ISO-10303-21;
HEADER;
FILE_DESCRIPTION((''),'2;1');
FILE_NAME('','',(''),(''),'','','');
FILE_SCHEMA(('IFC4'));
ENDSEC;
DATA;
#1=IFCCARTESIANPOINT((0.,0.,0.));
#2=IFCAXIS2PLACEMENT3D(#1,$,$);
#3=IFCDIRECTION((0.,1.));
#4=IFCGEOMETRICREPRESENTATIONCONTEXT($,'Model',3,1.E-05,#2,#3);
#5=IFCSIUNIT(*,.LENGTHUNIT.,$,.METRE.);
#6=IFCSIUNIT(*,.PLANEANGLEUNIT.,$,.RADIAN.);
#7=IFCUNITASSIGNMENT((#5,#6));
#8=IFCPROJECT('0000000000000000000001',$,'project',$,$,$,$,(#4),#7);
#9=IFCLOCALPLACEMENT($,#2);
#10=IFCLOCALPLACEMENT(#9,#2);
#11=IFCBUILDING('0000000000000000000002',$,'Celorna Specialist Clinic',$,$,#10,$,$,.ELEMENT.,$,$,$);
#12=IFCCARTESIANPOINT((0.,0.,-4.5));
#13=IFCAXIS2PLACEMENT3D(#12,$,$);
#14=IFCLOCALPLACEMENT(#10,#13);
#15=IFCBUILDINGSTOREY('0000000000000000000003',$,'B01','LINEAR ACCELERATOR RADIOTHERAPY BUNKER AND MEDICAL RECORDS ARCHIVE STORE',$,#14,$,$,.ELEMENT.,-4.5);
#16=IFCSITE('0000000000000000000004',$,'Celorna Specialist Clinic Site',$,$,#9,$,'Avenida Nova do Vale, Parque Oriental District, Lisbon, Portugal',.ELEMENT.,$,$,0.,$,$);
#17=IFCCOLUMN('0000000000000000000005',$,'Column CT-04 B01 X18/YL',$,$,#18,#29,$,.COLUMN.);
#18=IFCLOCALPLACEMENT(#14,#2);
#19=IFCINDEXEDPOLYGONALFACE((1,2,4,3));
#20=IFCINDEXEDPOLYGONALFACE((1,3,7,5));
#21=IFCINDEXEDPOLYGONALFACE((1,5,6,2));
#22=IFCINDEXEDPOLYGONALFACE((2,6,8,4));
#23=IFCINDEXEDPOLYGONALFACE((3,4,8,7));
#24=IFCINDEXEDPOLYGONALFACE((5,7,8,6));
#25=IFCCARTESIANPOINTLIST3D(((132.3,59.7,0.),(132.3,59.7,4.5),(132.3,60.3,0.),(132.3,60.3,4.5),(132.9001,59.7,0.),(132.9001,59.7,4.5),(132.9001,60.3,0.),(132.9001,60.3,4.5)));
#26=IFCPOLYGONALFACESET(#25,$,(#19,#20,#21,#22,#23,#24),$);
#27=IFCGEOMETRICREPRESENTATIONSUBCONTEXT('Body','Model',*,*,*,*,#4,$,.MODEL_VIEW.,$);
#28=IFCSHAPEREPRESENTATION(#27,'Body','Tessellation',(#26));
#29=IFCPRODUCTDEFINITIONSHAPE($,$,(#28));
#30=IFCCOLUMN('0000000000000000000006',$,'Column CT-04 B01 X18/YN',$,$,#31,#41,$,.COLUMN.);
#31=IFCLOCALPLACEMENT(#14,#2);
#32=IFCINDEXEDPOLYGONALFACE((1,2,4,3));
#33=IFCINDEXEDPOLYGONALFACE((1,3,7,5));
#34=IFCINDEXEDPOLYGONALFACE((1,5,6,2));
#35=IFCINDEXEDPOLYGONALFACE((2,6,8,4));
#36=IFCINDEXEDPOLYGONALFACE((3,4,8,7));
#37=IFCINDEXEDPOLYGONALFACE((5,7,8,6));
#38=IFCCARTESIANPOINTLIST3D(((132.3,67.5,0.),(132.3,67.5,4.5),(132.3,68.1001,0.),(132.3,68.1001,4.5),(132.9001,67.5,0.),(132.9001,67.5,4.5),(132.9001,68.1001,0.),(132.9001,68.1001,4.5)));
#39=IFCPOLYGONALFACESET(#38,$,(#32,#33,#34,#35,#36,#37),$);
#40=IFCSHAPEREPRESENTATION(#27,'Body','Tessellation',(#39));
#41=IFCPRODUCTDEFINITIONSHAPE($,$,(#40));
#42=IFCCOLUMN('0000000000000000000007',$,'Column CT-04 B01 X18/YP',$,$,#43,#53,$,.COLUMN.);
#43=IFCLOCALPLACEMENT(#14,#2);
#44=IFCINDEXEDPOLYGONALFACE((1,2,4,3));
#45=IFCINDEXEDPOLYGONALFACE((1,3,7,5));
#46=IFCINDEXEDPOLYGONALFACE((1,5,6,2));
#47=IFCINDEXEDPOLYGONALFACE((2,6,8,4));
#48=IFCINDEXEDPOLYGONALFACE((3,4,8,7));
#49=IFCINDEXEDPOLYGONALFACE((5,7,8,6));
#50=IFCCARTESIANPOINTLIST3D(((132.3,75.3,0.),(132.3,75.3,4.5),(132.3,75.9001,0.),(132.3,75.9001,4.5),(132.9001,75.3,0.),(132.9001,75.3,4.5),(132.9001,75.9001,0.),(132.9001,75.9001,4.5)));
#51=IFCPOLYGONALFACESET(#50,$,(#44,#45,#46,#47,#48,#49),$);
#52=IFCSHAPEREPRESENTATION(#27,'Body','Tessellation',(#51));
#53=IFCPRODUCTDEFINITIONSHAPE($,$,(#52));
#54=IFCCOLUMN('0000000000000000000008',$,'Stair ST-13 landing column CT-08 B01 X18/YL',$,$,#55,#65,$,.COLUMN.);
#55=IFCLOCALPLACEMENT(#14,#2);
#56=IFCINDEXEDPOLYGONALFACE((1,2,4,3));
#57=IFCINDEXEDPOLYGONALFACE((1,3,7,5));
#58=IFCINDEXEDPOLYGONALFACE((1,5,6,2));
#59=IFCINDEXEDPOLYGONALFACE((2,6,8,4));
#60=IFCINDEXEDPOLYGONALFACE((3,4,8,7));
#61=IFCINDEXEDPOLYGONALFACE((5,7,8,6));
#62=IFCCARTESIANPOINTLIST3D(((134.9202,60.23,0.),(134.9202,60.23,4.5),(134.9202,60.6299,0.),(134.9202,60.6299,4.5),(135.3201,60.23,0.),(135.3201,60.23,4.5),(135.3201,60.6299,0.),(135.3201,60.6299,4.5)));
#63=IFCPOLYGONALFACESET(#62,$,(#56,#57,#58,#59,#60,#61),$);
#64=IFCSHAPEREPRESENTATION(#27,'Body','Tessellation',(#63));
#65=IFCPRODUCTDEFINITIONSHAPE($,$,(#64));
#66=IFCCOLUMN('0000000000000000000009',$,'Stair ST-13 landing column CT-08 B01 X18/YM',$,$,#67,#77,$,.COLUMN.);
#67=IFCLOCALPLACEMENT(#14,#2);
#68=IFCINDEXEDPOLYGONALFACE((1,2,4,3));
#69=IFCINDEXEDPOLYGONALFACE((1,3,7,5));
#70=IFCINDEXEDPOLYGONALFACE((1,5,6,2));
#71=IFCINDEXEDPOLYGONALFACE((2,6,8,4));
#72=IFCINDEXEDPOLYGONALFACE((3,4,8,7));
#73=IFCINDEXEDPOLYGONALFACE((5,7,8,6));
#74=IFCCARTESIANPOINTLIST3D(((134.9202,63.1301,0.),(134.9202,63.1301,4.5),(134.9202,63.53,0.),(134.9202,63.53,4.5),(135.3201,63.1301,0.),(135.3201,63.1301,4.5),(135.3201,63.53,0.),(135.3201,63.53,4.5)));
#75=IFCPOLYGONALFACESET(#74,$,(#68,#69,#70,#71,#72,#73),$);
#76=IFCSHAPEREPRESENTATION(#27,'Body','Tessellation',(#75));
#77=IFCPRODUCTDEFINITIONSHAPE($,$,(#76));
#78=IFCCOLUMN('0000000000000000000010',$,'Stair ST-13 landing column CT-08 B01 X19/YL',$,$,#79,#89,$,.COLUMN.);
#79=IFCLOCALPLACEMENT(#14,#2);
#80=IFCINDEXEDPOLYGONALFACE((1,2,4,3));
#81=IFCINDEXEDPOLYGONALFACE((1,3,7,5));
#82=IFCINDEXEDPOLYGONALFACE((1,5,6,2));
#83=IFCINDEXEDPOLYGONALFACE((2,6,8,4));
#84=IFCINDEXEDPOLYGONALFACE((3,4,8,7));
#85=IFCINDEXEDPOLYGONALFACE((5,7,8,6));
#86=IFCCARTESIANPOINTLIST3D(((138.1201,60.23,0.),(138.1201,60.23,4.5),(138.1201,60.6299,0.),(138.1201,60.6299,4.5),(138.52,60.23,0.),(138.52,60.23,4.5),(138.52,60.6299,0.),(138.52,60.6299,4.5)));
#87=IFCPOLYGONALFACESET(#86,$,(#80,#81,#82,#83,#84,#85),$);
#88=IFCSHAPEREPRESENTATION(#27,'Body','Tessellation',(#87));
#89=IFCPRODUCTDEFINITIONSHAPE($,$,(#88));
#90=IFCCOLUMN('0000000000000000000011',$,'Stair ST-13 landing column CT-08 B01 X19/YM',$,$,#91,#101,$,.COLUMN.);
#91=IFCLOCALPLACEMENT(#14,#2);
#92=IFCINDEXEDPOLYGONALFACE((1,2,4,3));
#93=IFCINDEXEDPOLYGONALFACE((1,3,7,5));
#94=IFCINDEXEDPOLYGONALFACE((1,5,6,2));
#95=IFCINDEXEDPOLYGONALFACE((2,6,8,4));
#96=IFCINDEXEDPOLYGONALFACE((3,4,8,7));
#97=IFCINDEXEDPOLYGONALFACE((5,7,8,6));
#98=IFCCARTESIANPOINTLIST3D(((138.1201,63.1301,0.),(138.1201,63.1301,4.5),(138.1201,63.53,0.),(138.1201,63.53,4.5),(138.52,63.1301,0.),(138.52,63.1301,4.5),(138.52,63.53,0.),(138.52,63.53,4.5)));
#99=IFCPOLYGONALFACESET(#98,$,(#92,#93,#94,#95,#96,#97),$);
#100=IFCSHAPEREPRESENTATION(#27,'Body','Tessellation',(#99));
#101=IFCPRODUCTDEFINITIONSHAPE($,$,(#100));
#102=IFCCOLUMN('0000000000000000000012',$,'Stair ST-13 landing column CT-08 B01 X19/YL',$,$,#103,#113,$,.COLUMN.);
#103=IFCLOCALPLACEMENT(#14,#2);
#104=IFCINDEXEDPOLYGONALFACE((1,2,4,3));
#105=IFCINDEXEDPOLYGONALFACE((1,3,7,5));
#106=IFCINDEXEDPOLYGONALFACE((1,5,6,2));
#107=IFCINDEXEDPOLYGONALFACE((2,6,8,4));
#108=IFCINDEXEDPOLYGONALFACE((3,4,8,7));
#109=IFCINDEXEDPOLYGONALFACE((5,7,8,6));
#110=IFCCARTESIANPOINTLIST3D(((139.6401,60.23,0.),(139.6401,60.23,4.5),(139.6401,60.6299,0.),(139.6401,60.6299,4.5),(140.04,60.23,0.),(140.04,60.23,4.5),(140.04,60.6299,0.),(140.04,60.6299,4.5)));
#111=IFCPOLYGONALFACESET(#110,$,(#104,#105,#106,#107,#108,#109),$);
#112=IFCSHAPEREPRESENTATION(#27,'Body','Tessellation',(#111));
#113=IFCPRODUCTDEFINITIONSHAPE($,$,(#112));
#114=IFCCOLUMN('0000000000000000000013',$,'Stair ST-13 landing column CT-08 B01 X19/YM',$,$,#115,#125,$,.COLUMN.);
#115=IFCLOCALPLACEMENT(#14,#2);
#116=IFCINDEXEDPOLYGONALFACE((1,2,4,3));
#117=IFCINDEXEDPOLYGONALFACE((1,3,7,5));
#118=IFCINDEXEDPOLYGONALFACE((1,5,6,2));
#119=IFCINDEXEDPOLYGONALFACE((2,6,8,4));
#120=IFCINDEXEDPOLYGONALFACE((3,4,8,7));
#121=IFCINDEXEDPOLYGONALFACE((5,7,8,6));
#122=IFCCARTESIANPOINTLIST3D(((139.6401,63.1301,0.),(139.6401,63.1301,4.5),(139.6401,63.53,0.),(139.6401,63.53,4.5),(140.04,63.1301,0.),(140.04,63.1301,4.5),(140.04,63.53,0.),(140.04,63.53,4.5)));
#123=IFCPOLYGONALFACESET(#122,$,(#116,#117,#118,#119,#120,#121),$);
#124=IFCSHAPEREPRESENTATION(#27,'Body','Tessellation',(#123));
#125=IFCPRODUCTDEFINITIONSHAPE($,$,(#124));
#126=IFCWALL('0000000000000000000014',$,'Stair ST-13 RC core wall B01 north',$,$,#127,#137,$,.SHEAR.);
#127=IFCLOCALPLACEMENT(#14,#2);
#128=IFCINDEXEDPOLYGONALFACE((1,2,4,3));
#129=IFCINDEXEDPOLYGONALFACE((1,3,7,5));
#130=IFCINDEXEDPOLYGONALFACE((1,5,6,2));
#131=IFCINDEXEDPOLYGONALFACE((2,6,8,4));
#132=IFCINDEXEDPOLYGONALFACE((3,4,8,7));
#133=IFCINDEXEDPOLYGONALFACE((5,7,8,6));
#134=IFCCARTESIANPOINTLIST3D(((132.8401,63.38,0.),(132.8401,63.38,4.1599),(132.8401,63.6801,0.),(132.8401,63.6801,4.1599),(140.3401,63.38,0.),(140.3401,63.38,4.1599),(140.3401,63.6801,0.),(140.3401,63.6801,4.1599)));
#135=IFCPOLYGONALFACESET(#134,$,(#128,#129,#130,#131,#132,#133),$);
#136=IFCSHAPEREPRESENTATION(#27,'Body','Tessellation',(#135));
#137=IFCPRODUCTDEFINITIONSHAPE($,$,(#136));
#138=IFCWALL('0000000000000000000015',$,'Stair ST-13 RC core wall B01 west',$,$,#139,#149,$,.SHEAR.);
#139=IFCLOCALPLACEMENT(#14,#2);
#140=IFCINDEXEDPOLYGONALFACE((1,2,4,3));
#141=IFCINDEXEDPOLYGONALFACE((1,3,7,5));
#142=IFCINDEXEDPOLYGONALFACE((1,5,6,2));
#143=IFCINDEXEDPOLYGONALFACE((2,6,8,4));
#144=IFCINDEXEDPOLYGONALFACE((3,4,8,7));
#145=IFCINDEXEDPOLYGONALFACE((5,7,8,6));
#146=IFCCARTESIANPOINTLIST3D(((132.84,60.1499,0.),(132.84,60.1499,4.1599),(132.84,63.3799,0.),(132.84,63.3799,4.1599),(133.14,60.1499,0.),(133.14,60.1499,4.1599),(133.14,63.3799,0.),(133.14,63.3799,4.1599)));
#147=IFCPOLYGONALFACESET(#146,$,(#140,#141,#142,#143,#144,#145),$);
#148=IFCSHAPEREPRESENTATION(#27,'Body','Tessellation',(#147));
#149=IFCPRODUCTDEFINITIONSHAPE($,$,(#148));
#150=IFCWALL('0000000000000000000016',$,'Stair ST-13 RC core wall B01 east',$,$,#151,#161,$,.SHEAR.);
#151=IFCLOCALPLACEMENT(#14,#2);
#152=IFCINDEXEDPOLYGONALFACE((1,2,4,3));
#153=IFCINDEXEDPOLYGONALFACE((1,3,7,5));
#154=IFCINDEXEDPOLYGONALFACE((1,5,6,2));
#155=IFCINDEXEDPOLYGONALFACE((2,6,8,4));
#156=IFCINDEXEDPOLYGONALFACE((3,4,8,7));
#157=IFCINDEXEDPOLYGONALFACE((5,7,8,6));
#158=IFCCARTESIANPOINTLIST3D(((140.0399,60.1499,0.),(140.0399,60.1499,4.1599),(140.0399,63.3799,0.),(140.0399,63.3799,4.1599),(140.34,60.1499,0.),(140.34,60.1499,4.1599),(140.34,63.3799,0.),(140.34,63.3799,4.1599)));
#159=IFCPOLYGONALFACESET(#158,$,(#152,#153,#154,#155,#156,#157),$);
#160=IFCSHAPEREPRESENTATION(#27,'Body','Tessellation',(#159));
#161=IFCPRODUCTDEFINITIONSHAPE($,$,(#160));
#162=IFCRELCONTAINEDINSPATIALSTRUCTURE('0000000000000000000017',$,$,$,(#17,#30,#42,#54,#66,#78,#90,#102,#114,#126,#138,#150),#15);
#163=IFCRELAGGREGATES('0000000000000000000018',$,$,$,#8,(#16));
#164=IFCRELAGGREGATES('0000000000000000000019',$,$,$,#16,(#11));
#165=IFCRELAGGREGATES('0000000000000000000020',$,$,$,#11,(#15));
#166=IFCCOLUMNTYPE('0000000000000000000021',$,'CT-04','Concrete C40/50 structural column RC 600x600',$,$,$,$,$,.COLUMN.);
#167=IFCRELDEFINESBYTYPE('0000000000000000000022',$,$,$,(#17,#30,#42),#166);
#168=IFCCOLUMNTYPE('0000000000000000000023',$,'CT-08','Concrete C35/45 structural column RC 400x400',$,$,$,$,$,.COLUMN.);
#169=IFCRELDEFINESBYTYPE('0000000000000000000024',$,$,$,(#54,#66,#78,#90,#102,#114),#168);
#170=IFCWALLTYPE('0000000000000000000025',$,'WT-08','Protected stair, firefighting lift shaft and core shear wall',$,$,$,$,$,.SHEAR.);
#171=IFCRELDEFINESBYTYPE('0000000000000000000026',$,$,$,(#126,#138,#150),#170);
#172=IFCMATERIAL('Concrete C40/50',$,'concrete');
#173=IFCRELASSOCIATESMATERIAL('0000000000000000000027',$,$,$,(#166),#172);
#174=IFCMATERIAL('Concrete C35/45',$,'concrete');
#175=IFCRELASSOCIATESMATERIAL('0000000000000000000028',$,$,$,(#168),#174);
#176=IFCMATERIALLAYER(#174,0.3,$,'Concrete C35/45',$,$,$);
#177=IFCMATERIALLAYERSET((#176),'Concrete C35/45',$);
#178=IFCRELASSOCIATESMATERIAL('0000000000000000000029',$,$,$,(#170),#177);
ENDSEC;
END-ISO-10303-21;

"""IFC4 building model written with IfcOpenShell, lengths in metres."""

from ifc_helpers import new_model, si_unit, direction, frame, frame_2d, origin, origin_2d, place, context, subcontext, project, spatial, rectangle, extrude, material, layer, layer_set, material_profile, profile_set, type_object, element, save


model = new_model("IFC4")

# Units and contexts
model_context = context("Model", 3, precision=1e-05, world=origin(), true_north=direction((0.0, 1.0)))
body_context = subcontext(model_context, "Body", "Model", "MODEL_VIEW")
ifc_project = project(units=[si_unit("LENGTHUNIT", "METRE"), si_unit("PLANEANGLEUNIT", "RADIAN")], contexts=[model_context])

# Site, building, storey
site_placement = place(None, origin())
site = spatial("IfcSite", under=ifc_project, at=site_placement, Name="Celorna Specialist Clinic Site", LongName="Avenida Nova do Vale, Parque Oriental District, Lisbon, Portugal", CompositionType="ELEMENT", RefElevation=0.0)
building_placement = place(site_placement, origin())
building = spatial("IfcBuilding", under=site, at=building_placement, Name="Celorna Specialist Clinic", CompositionType="ELEMENT")
storey_placement = place(building_placement, frame((0.0, 0.0, -4.5)))
storey = spatial("IfcBuildingStorey", under=building, at=storey_placement, Name="B01", Description="LINEAR ACCELERATOR RADIOTHERAPY BUNKER AND MEDICAL RECORDS ARCHIVE STORE", CompositionType="ELEMENT", Elevation=-4.5)

# Shared definitions
ifc_material_1 = material(Name="Concrete C35/45", Category="concrete")

# Columns
ifc_material_2 = material(Name="Concrete C40/50", Category="concrete")
ifc_material_profile_1 = material_profile(ifc_material_2, rectangle(XDim=0.6001, YDim=0.6001, at=origin_2d()), Name="RC 600x600")
ifc_profile_set_1 = profile_set([ifc_material_profile_1], Name="Concrete C40/50")
column_type_1 = type_object("IfcColumnType", Name="CT-04", Description="Concrete C40/50 structural column RC 600x600", PredefinedType="COLUMN", material=ifc_profile_set_1)
for number, where, z_axis, x_axis, name in (
    (1, (132.6001, 60.0, 0.0), (0.0, 0.0, 1.0), (1.0, 0.0, 0.0), "Column CT-04 B01 X18/YL"),
    (2, (132.6001, 67.8, 0.0), (0.0, 0.0, 1.0), (1.0, 0.0, 0.0), "Column CT-04 B01 X18/YN"),
    (3, (132.6001, 75.6001, 0.0), (0.0, 0.0, 1.0), (1.0, 0.0, 0.0), "Column CT-04 B01 X18/YP"),
):
    element("IfcColumn", number, at=place(storey_placement, frame(where, z_axis=z_axis, x_axis=x_axis)), inside=storey, type_object=column_type_1, Name=name, PredefinedType="COLUMN", context=body_context, shape_type="SweptSolid", body=[
        extrude(rectangle(XDim=0.6001, YDim=0.6001, at=origin_2d()), origin(), (0.0, 0.0, 1.0), 4.5),
    ])
ifc_material_profile_2 = material_profile(ifc_material_1, rectangle(XDim=0.3999, YDim=0.3999, at=origin_2d()), Name="RC 400x400")
ifc_profile_set_2 = profile_set([ifc_material_profile_2], Name="Concrete C35/45")
column_type_2 = type_object("IfcColumnType", Name="CT-08", Description="Concrete C35/45 structural column RC 400x400", PredefinedType="COLUMN", material=ifc_profile_set_2)
for number, where, z_axis, x_axis, name in (
    (4, (135.1201, 60.4299, 0.0), (0.0, 0.0, 1.0), (1.0, 0.0, 0.0), "Stair ST-13 landing column CT-08 B01 X18/YL"),
    (5, (135.1201, 63.3301, 0.0), (0.0, 0.0, 1.0), (1.0, 0.0, 0.0), "Stair ST-13 landing column CT-08 B01 X18/YM"),
    (6, (138.3201, 60.4299, 0.0), (0.0, 0.0, 1.0), (1.0, 0.0, 0.0), "Stair ST-13 landing column CT-08 B01 X19/YL"),
    (7, (138.3201, 63.3301, 0.0), (0.0, 0.0, 1.0), (1.0, 0.0, 0.0), "Stair ST-13 landing column CT-08 B01 X19/YM"),
    (8, (139.8401, 60.4299, 0.0), (0.0, 0.0, 1.0), (1.0, 0.0, 0.0), "Stair ST-13 landing column CT-08 B01 X19/YL"),
    (9, (139.8401, 63.3301, 0.0), (0.0, 0.0, 1.0), (1.0, 0.0, 0.0), "Stair ST-13 landing column CT-08 B01 X19/YM"),
):
    element("IfcColumn", number, at=place(storey_placement, frame(where, z_axis=z_axis, x_axis=x_axis)), inside=storey, type_object=column_type_2, Name=name, PredefinedType="COLUMN", context=body_context, shape_type="SweptSolid", body=[
        extrude(rectangle(XDim=0.3999, YDim=0.3999, at=origin_2d()), origin(), (0.0, 0.0, 1.0), 4.5),
    ])

# Walls
ifc_layer = layer(ifc_material_1, 0.3, Name="Concrete C35/45")
ifc_layer_set = layer_set([ifc_layer], Name="Concrete C35/45")
wall_type = type_object("IfcWallType", Name="WT-08", Description="Protected stair, firefighting lift shaft and core shear wall", PredefinedType="SHEAR", material=ifc_layer_set)
wall_placement = place(storey_placement, frame((140.3401, 63.53, 0.0), z_axis=(0.0, 0.0, 1.0), x_axis=(-1.0, 0.0, 0.0)))
element("IfcWall", 10, at=wall_placement, inside=storey, type_object=wall_type, Name="Stair ST-13 RC core wall B01 north", PredefinedType="SHEAR", context=body_context, shape_type="SweptSolid", body=[
    extrude(rectangle(XDim=7.5, YDim=0.3, at=frame_2d((3.75, 0.0))), origin(), (0.0, 0.0, 1.0), 4.1599),
])
for number, where, z_axis, x_axis, name in (
    (11, (132.99, 63.3799, 0.0), (0.0, 0.0, 1.0), (0.0, -1.0, 0.0), "Stair ST-13 RC core wall B01 west"),
    (12, (140.1899, 60.1499, 0.0), (0.0, 0.0, 1.0), (0.0, 1.0, 0.0), "Stair ST-13 RC core wall B01 east"),
):
    element("IfcWall", number, at=place(storey_placement, frame(where, z_axis=z_axis, x_axis=x_axis)), inside=storey, type_object=wall_type, Name=name, PredefinedType="SHEAR", context=body_context, shape_type="SweptSolid", body=[
        extrude(rectangle(XDim=3.23, YDim=0.3, at=frame_2d((1.615, 0.0))), origin(), (0.0, 0.0, 1.0), 4.1599),
    ])

save(model, "model.ifc")
